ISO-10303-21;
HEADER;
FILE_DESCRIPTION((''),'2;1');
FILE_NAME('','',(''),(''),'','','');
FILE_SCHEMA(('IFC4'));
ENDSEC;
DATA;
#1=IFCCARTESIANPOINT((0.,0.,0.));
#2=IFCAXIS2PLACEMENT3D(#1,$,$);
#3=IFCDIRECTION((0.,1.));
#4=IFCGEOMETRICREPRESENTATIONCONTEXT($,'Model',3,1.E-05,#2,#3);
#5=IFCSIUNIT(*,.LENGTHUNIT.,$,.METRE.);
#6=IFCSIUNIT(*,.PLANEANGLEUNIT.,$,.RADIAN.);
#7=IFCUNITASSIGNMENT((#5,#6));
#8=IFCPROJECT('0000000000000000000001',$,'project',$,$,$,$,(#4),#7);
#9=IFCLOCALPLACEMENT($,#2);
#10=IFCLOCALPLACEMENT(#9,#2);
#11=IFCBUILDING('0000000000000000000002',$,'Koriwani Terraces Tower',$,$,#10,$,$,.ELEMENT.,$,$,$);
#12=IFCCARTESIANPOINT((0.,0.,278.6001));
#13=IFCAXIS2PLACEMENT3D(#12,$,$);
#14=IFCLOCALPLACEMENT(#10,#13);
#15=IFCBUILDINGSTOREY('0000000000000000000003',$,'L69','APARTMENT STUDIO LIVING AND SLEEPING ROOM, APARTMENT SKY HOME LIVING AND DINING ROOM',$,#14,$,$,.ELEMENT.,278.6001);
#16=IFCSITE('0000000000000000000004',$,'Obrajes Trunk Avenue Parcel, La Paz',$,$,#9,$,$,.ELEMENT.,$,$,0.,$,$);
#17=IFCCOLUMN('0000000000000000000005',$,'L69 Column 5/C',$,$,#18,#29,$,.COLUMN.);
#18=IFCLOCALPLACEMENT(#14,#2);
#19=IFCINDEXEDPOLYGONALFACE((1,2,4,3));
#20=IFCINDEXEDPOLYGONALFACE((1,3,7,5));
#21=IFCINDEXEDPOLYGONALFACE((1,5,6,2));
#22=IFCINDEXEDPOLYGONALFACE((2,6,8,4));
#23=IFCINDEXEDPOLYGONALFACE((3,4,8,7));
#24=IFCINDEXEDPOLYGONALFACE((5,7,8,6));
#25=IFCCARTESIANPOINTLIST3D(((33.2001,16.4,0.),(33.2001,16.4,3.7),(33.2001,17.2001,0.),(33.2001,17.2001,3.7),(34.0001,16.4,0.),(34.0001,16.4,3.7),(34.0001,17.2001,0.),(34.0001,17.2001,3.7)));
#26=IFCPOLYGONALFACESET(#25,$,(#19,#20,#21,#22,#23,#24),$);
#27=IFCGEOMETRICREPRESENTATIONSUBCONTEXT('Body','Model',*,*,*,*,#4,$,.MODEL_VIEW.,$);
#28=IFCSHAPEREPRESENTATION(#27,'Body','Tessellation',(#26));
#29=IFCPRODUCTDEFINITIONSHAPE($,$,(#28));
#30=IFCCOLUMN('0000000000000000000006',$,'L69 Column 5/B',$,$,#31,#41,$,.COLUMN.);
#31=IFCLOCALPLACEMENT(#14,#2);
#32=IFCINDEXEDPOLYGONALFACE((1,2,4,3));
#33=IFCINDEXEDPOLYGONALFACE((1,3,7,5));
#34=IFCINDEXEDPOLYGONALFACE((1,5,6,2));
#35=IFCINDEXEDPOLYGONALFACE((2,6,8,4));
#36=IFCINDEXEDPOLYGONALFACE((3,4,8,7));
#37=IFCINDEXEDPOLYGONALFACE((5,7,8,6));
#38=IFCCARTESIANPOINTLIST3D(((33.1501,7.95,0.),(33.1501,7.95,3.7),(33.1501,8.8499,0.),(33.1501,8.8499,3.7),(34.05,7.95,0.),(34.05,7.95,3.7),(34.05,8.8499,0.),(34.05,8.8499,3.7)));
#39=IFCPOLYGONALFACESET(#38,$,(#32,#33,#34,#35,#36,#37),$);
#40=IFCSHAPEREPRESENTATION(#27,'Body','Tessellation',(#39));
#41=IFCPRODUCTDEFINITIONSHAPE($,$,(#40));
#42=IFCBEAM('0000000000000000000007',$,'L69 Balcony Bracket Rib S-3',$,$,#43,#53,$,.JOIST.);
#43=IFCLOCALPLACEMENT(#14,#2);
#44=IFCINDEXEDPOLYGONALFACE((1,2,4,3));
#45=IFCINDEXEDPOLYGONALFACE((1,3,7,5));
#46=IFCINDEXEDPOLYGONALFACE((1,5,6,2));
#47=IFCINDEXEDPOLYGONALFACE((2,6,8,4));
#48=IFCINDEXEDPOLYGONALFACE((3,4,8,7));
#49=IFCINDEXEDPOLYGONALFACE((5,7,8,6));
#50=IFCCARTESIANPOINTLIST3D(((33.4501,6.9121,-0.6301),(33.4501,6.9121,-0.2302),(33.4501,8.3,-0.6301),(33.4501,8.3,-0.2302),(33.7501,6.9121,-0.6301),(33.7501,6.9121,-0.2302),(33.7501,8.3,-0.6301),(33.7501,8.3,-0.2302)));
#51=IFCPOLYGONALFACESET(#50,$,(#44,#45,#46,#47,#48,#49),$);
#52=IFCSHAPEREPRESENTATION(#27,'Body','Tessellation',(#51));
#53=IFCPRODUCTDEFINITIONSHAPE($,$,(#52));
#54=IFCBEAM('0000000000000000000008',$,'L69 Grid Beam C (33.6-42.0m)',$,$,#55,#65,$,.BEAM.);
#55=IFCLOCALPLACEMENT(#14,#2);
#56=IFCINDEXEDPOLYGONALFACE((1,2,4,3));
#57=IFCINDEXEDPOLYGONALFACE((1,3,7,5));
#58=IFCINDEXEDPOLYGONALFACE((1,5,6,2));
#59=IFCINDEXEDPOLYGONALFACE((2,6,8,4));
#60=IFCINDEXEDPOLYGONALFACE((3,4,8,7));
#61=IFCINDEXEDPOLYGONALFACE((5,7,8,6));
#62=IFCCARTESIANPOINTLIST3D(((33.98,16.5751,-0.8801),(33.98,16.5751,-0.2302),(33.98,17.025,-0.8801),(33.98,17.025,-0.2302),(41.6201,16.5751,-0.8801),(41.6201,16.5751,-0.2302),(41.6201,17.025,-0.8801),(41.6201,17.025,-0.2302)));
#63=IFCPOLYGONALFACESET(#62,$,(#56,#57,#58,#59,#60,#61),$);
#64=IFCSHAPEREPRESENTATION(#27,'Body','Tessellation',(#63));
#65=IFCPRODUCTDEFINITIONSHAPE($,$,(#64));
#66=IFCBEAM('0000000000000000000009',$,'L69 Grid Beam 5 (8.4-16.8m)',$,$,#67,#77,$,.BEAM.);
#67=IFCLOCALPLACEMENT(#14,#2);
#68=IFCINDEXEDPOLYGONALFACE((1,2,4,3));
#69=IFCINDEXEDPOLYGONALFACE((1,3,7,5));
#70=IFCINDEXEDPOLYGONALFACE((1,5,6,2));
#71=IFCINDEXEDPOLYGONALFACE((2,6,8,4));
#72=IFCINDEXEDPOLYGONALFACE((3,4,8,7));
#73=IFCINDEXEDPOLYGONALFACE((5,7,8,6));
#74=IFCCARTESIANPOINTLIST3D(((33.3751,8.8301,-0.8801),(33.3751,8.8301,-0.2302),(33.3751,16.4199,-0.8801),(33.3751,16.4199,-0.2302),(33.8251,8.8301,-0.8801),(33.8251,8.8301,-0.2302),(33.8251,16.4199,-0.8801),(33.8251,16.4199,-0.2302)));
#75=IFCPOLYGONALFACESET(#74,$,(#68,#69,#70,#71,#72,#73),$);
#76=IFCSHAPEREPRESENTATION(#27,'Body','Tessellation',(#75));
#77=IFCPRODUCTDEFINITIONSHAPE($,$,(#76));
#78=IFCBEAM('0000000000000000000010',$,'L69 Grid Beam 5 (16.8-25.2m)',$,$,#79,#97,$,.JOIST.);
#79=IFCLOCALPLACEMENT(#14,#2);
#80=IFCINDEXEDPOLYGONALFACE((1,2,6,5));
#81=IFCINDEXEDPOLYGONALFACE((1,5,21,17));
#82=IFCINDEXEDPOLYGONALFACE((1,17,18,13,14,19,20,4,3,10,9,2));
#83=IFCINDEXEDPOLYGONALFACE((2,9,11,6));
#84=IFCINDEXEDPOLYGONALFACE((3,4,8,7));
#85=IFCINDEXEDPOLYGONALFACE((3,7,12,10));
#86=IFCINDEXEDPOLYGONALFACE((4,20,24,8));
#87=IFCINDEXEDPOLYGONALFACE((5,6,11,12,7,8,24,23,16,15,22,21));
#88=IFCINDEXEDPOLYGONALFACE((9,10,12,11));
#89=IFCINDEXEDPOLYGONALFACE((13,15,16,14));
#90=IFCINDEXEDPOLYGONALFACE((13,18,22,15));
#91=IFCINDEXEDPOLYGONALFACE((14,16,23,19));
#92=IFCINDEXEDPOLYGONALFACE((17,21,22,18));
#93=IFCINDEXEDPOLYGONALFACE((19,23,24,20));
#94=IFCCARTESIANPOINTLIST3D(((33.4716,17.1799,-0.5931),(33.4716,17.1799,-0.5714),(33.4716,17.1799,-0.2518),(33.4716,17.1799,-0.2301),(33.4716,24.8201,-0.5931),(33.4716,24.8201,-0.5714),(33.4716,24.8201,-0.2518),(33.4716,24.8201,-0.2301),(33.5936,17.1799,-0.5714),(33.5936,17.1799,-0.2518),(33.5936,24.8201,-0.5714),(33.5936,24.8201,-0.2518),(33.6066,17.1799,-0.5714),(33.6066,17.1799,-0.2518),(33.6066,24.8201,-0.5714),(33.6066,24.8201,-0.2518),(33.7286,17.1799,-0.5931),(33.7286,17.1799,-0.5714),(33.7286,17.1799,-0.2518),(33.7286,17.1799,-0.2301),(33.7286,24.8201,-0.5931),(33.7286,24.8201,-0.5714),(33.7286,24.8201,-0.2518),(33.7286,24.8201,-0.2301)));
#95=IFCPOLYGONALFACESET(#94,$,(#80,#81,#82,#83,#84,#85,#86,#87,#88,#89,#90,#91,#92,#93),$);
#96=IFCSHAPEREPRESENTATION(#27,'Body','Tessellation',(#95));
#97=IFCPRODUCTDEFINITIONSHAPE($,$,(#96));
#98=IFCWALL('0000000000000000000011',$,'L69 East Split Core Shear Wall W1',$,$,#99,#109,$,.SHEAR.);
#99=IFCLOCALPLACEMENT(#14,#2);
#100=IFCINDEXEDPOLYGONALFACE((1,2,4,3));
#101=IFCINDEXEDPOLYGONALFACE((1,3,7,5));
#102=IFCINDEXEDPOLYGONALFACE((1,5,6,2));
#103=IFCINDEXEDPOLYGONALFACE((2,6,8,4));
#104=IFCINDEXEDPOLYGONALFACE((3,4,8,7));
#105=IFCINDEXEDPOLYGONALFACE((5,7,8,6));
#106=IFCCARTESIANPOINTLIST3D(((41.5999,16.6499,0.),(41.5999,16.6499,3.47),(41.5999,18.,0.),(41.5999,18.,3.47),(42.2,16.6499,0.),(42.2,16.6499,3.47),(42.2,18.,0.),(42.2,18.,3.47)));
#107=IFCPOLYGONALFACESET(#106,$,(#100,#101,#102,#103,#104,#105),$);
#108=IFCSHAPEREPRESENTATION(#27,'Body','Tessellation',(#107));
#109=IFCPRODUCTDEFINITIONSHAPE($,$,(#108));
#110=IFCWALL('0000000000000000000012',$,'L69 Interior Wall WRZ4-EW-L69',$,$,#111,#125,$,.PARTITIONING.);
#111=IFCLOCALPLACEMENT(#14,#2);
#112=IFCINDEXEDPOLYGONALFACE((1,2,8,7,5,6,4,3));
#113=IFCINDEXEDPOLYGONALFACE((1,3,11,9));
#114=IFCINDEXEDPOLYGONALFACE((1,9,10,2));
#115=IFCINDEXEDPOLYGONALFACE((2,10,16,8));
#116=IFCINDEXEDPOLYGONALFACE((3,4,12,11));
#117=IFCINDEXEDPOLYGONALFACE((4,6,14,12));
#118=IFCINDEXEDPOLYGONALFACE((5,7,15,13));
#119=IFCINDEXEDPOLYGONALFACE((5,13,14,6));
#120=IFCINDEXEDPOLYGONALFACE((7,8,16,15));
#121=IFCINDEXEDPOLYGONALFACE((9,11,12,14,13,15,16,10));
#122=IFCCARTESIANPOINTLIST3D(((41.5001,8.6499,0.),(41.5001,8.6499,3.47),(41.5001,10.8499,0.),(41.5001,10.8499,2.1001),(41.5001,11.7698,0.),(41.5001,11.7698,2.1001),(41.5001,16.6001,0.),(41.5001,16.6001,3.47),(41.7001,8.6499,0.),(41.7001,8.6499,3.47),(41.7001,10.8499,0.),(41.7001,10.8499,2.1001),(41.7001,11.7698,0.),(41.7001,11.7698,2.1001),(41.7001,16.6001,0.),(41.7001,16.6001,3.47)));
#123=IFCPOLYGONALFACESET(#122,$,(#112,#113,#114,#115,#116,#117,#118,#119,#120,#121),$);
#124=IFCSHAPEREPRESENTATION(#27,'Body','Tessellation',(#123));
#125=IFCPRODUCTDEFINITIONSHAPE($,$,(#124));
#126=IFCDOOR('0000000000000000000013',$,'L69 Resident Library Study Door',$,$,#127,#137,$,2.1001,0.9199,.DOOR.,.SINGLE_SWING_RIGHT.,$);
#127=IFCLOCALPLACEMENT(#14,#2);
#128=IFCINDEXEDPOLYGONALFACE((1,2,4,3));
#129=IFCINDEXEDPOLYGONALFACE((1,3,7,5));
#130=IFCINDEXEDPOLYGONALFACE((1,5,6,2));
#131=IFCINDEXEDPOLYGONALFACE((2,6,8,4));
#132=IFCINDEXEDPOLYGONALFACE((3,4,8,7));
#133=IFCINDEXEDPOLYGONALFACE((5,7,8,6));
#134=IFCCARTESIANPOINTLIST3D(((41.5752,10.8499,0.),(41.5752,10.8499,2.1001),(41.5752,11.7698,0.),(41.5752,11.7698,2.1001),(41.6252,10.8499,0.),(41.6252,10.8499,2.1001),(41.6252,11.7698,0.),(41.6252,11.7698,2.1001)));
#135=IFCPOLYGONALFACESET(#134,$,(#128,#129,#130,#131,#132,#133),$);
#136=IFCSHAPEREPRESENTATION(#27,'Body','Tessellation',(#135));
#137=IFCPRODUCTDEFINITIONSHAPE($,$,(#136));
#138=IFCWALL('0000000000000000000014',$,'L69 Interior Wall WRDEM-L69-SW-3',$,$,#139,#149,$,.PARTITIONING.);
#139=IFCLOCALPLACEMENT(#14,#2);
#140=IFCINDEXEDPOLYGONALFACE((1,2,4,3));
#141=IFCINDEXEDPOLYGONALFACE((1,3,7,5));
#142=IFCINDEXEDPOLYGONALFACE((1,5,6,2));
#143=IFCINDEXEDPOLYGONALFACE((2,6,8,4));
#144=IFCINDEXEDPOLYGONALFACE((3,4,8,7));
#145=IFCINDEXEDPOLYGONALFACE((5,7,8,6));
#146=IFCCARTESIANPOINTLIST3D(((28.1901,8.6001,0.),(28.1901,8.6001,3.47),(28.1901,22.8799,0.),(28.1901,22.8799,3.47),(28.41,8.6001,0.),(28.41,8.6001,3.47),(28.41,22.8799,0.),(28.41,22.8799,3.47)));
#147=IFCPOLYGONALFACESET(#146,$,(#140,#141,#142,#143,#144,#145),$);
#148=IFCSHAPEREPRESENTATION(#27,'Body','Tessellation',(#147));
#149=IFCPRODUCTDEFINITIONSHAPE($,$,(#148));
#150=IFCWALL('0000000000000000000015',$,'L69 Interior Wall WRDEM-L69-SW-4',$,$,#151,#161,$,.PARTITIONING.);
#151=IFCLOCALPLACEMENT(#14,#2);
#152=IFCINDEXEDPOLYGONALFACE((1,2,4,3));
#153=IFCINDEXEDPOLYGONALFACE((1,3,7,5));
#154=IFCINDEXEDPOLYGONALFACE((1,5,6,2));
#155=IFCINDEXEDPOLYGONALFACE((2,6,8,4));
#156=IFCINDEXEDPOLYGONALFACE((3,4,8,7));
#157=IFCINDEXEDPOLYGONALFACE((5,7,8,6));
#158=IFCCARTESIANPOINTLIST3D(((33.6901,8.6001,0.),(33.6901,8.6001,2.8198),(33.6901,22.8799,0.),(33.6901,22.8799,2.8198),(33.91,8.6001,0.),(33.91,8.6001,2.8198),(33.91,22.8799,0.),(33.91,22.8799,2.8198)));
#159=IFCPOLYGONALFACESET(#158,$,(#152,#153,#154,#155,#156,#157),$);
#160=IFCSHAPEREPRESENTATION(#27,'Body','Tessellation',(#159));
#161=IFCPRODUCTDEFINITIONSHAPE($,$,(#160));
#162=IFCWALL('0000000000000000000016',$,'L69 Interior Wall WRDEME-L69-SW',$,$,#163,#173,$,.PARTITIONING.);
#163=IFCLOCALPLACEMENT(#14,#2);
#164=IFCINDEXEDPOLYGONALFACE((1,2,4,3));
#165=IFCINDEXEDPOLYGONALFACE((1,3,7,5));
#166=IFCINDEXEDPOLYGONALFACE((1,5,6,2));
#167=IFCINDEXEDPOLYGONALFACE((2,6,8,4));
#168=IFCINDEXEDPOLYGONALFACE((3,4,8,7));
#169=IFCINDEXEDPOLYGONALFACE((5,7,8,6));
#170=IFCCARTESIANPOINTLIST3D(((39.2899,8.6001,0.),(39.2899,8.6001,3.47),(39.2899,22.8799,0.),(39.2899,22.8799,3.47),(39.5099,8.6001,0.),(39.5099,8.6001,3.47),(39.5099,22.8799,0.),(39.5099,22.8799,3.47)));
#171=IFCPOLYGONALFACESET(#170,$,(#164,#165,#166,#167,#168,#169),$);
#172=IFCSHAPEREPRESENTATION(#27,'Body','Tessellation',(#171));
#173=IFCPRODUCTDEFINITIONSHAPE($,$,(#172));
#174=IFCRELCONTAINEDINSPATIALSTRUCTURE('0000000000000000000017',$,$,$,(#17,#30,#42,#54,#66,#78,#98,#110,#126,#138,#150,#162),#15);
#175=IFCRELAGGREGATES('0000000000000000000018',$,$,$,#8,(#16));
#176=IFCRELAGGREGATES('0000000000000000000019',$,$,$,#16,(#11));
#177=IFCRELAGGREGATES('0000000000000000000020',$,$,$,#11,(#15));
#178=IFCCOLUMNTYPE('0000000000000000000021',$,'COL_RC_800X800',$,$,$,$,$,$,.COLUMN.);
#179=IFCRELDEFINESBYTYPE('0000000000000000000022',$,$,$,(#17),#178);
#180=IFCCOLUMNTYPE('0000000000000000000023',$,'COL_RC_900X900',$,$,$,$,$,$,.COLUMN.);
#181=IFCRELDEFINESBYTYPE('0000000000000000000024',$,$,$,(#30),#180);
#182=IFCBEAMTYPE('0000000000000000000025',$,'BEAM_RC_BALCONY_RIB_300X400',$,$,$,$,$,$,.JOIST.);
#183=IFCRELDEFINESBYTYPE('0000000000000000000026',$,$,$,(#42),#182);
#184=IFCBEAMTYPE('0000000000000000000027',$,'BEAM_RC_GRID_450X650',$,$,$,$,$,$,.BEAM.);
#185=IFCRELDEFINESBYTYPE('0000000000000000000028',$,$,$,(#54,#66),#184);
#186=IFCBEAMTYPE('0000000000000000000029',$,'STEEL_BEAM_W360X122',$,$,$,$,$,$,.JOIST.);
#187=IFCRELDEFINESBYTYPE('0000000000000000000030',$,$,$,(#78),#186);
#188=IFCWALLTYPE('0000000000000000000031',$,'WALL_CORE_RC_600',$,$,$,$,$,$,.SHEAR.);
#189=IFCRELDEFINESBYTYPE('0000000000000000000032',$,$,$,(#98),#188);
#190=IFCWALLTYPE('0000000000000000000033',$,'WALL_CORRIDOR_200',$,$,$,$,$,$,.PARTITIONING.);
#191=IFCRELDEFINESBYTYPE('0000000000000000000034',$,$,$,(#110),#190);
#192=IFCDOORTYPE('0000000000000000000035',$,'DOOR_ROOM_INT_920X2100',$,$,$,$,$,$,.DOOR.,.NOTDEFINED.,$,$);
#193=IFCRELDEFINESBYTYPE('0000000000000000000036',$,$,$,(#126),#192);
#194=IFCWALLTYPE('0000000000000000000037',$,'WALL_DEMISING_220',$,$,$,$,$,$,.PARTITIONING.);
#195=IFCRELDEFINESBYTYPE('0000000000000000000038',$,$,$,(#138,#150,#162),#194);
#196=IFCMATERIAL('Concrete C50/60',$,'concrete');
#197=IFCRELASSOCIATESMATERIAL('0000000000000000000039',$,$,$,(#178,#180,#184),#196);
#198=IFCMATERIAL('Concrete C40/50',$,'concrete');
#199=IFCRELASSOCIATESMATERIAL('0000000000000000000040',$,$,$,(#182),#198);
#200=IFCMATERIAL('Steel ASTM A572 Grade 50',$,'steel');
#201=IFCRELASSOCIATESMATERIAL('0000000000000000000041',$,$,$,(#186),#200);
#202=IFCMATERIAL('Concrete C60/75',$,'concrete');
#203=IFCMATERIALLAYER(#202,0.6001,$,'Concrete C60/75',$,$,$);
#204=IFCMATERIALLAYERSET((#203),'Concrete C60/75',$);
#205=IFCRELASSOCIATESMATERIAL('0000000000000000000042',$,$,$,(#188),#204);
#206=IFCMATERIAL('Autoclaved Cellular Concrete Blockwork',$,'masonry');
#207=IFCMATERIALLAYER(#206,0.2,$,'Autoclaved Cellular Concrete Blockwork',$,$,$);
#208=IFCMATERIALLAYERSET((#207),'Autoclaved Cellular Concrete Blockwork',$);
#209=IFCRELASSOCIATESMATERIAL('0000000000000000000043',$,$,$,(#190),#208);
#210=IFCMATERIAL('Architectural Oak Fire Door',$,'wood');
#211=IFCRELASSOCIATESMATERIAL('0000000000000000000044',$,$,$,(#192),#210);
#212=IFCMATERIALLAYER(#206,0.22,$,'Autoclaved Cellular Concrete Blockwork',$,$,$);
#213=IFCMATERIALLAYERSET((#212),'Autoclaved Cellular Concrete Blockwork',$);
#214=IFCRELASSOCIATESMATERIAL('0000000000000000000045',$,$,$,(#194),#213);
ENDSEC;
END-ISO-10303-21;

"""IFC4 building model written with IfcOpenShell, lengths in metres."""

from ifc_helpers import new_model, si_unit, direction, frame, frame_2d, origin, origin_2d, place, context, subcontext, project, spatial, rectangle, i_section, extrude, material, layer, layer_set, material_profile, profile_set, type_object, element, fill, save


model = new_model("IFC4")

# Units and contexts
model_context = context("Model", 3, precision=1e-05, world=origin(), true_north=direction((0.0, 1.0)))
body_context = subcontext(model_context, "Body", "Model", "MODEL_VIEW")
ifc_project = project(units=[si_unit("LENGTHUNIT", "METRE"), si_unit("PLANEANGLEUNIT", "RADIAN")], contexts=[model_context])

# Site, building, storey
site_placement = place(None, origin())
site = spatial("IfcSite", under=ifc_project, at=site_placement, Name="Obrajes Trunk Avenue Parcel, La Paz", CompositionType="ELEMENT", RefElevation=0.0)
building_placement = place(site_placement, origin())
building = spatial("IfcBuilding", under=site, at=building_placement, Name="Koriwani Terraces Tower", CompositionType="ELEMENT")
storey_placement = place(building_placement, frame((0.0, 0.0, 278.6001)))
storey = spatial("IfcBuildingStorey", under=building, at=storey_placement, Name="L69", Description="APARTMENT STUDIO LIVING AND SLEEPING ROOM, APARTMENT SKY HOME LIVING AND DINING ROOM", CompositionType="ELEMENT", Elevation=278.6001)

# Columns
ifc_material_1 = material(Name="Concrete C50/60", Category="concrete")
ifc_material_profile_1 = material_profile(ifc_material_1, rectangle(XDim=0.8, YDim=0.8, at=origin_2d()), Name="Concrete C50/60", Category="LoadBearing")
ifc_profile_set_1 = profile_set([ifc_material_profile_1], Name="Concrete C50/60")
column_type_1 = type_object("IfcColumnType", Name="COL_RC_800X800", PredefinedType="COLUMN", material=ifc_profile_set_1)
column_1_placement = place(storey_placement, frame((33.6001, 16.8, 0.0), z_axis=(0.0, 0.0, 1.0), x_axis=(1.0, 0.0, 0.0)))
element("IfcColumn", 1, at=column_1_placement, inside=storey, type_object=column_type_1, Name="L69 Column 5/C", PredefinedType="COLUMN", context=body_context, shape_type="SweptSolid", body=[
    extrude(rectangle(XDim=0.8, YDim=0.8, at=origin_2d()), origin(), (0.0, 0.0, 1.0), 3.7),
])
ifc_material_profile_2 = material_profile(ifc_material_1, rectangle(XDim=0.8999, YDim=0.8999, at=origin_2d()), Name="Concrete C50/60", Category="LoadBearing")
ifc_profile_set_2 = profile_set([ifc_material_profile_2], Name="Concrete C50/60")
column_type_2 = type_object("IfcColumnType", Name="COL_RC_900X900", PredefinedType="COLUMN", material=ifc_profile_set_2)
column_2_placement = place(storey_placement, frame((33.6001, 8.3999, 0.0), z_axis=(0.0, 0.0, 1.0), x_axis=(1.0, 0.0, 0.0)))
element("IfcColumn", 2, at=column_2_placement, inside=storey, type_object=column_type_2, Name="L69 Column 5/B", PredefinedType="COLUMN", context=body_context, shape_type="SweptSolid", body=[
    extrude(rectangle(XDim=0.8999, YDim=0.8999, at=origin_2d()), origin(), (0.0, 0.0, 1.0), 3.7),
])

# Beams
ifc_material_2 = material(Name="Concrete C40/50", Category="concrete")
ifc_material_profile_3 = material_profile(ifc_material_2, rectangle(XDim=0.3, YDim=0.3999, at=origin_2d()), Name="Concrete C40/50", Category="LoadBearing")
ifc_profile_set_3 = profile_set([ifc_material_profile_3], Name="Concrete C40/50")
beam_type_1 = type_object("IfcBeamType", Name="BEAM_RC_BALCONY_RIB_300X400", PredefinedType="JOIST", material=ifc_profile_set_3)
beam_1_placement = place(storey_placement, frame((33.6001, 6.9121, -0.4302), z_axis=(0.0, 1.0, 0.0), x_axis=(-1.0, 0.0, 0.0)))
element("IfcBeam", 3, at=beam_1_placement, inside=storey, type_object=beam_type_1, Name="L69 Balcony Bracket Rib S-3", PredefinedType="JOIST", context=body_context, shape_type="SweptSolid", body=[
    extrude(rectangle(XDim=0.3, YDim=0.3999, at=origin_2d()), origin(), (0.0, 0.0, 1.0), 1.3879),
])
ifc_material_profile_4 = material_profile(ifc_material_1, rectangle(XDim=0.45, YDim=0.6499, at=origin_2d()), Name="Concrete C50/60", Category="LoadBearing")
ifc_profile_set_4 = profile_set([ifc_material_profile_4], Name="Concrete C50/60")
beam_type_2 = type_object("IfcBeamType", Name="BEAM_RC_GRID_450X650", PredefinedType="BEAM", material=ifc_profile_set_4)
beam_2_placement = place(storey_placement, frame((33.98, 16.8, -0.5552), z_axis=(1.0, 0.0, 0.0), x_axis=(0.0, 1.0, 0.0)))
element("IfcBeam", 4, at=beam_2_placement, inside=storey, type_object=beam_type_2, Name="L69 Grid Beam C (33.6-42.0m)", PredefinedType="BEAM", context=body_context, shape_type="SweptSolid", body=[
    extrude(rectangle(XDim=0.45, YDim=0.6499, at=origin_2d()), origin(), (0.0, 0.0, 1.0), 7.6401),
])
beam_3_placement = place(storey_placement, frame((33.6001, 8.8301, -0.5552), z_axis=(0.0, 1.0, 0.0), x_axis=(-1.0, 0.0, 0.0)))
element("IfcBeam", 5, at=beam_3_placement, inside=storey, type_object=beam_type_2, Name="L69 Grid Beam 5 (8.4-16.8m)", PredefinedType="BEAM", context=body_context, shape_type="SweptSolid", body=[
    extrude(rectangle(XDim=0.45, YDim=0.6499, at=origin_2d()), origin(), (0.0, 0.0, 1.0), 7.5898),
])
ifc_material_3 = material(Name="Steel ASTM A572 Grade 50", Category="steel")
ifc_material_profile_5 = material_profile(ifc_material_3, i_section(OverallWidth=0.2571, OverallDepth=0.363, WebThickness=0.0129, FlangeThickness=0.0217, at=origin_2d()), Name="Steel ASTM A572 Grade 50", Category="LoadBearing")
ifc_profile_set_5 = profile_set([ifc_material_profile_5], Name="Steel ASTM A572 Grade 50")
beam_type_3 = type_object("IfcBeamType", Name="STEEL_BEAM_W360X122", PredefinedType="JOIST", material=ifc_profile_set_5)
beam_4_placement = place(storey_placement, frame((33.6001, 17.1799, -0.4116), z_axis=(0.0, 1.0, 0.0), x_axis=(-1.0, 0.0, 0.0)))
element("IfcBeam", 6, at=beam_4_placement, inside=storey, type_object=beam_type_3, Name="L69 Grid Beam 5 (16.8-25.2m)", PredefinedType="JOIST", context=body_context, shape_type="SweptSolid", body=[
    extrude(i_section(OverallWidth=0.2571, OverallDepth=0.363, WebThickness=0.0129, FlangeThickness=0.0217, at=origin_2d()), origin(), (0.0, 0.0, 1.0), 7.6401),
])

# Wall
ifc_material_4 = material(Name="Concrete C60/75", Category="concrete")
ifc_layer_1 = layer(ifc_material_4, 0.6001, Name="Concrete C60/75")
ifc_layer_set_1 = layer_set([ifc_layer_1], Name="Concrete C60/75")
wall_type_1 = type_object("IfcWallType", Name="WALL_CORE_RC_600", PredefinedType="SHEAR", material=ifc_layer_set_1)
wall_1_placement = place(storey_placement, frame((41.8999, 16.6499, 0.0), z_axis=(0.0, 0.0, 1.0), x_axis=(0.0, 1.0, 0.0)))
element("IfcWall", 7, at=wall_1_placement, inside=storey, type_object=wall_type_1, Name="L69 East Split Core Shear Wall W1", PredefinedType="SHEAR", context=body_context, shape_type="SweptSolid", body=[
    extrude(rectangle(XDim=1.3501, YDim=0.6001, at=frame_2d((0.675, 0.0))), origin(), (0.0, 0.0, 1.0), 3.47),
])

# Wall, opening, door
ifc_material_5 = material(Name="Autoclaved Cellular Concrete Blockwork", Category="masonry")
ifc_layer_2 = layer(ifc_material_5, 0.2, Name="Autoclaved Cellular Concrete Blockwork")
ifc_layer_set_2 = layer_set([ifc_layer_2], Name="Autoclaved Cellular Concrete Blockwork")
wall_type_2 = type_object("IfcWallType", Name="WALL_CORRIDOR_200", PredefinedType="PARTITIONING", material=ifc_layer_set_2)
wall_2_placement = place(storey_placement, frame((41.6001, 8.6499, 0.0), z_axis=(0.0, 0.0, 1.0), x_axis=(0.0, 1.0, 0.0)))
wall_2 = element("IfcWall", 8, at=wall_2_placement, inside=storey, type_object=wall_type_2, Name="L69 Interior Wall WRZ4-EW-L69", PredefinedType="PARTITIONING", context=body_context, shape_type="SweptSolid", body=[
    extrude(rectangle(XDim=7.9502, YDim=0.2, at=frame_2d((3.9751, 0.0))), origin(), (0.0, 0.0, 1.0), 3.47),
])
opening_1_placement = place(wall_2_placement, frame((2.2, 0.0, 0.0)))
opening_1 = element("IfcOpeningElement", 9, at=opening_1_placement, cuts=wall_2, PredefinedType="OPENING", context=body_context, shape_type="SweptSolid", body=[
    extrude(rectangle(XDim=0.9199, YDim=2.1001, at=frame_2d((0.46, 1.05))), frame((0.0, 0.1099, 0.0), z_axis=(0.0, -1.0, 0.0), x_axis=(1.0, 0.0, 0.0)), (0.0, 0.0, 1.0), 0.22),
])
ifc_material_6 = material(Name="Architectural Oak Fire Door", Category="wood")
door_type_1 = type_object("IfcDoorType", Name="DOOR_ROOM_INT_920X2100", OperationType="NOTDEFINED", PredefinedType="DOOR", material=ifc_material_6)
door_1_placement = place(opening_1_placement, origin())
door_1 = element("IfcDoor", 10, at=door_1_placement, inside=storey, type_object=door_type_1, Name="L69 Resident Library Study Door", OperationType="SINGLE_SWING_RIGHT", OverallHeight=2.1001, OverallWidth=0.9199, PredefinedType="DOOR", context=body_context, shape_type="SweptSolid", body=[
    extrude(rectangle(XDim=0.9199, YDim=2.1001, at=frame_2d((0.46, 1.05))), frame((0.0, 0.0249, 0.0), z_axis=(0.0, -1.0, 0.0), x_axis=(1.0, 0.0, 0.0)), (0.0, 0.0, 1.0), 0.05),
])
fill(opening_1, door_1)

# Walls
ifc_layer_3 = layer(ifc_material_5, 0.22, Name="Autoclaved Cellular Concrete Blockwork")
ifc_layer_set_3 = layer_set([ifc_layer_3], Name="Autoclaved Cellular Concrete Blockwork")
wall_type_3 = type_object("IfcWallType", Name="WALL_DEMISING_220", PredefinedType="PARTITIONING", material=ifc_layer_set_3)
wall_3_placement = place(storey_placement, frame((28.3, 8.6001, 0.0), z_axis=(0.0, 0.0, 1.0), x_axis=(0.0, 1.0, 0.0)))
element("IfcWall", 11, at=wall_3_placement, inside=storey, type_object=wall_type_3, Name="L69 Interior Wall WRDEM-L69-SW-3", PredefinedType="PARTITIONING", context=body_context, shape_type="SweptSolid", body=[
    extrude(rectangle(XDim=14.2798, YDim=0.22, at=frame_2d((7.1399, 0.0))), origin(), (0.0, 0.0, 1.0), 3.47),
])
wall_4_placement = place(storey_placement, frame((33.8, 8.6001, 0.0), z_axis=(0.0, 0.0, 1.0), x_axis=(0.0, 1.0, 0.0)))
element("IfcWall", 12, at=wall_4_placement, inside=storey, type_object=wall_type_3, Name="L69 Interior Wall WRDEM-L69-SW-4", PredefinedType="PARTITIONING", context=body_context, shape_type="SweptSolid", body=[
    extrude(rectangle(XDim=14.2798, YDim=0.22, at=frame_2d((7.1399, 0.0))), origin(), (0.0, 0.0, 1.0), 2.8198),
])
wall_5_placement = place(storey_placement, frame((39.3999, 8.6001, 0.0), z_axis=(0.0, 0.0, 1.0), x_axis=(0.0, 1.0, 0.0)))
element("IfcWall", 13, at=wall_5_placement, inside=storey, type_object=wall_type_3, Name="L69 Interior Wall WRDEME-L69-SW", PredefinedType="PARTITIONING", context=body_context, shape_type="SweptSolid", body=[
    extrude(rectangle(XDim=14.2798, YDim=0.22, at=frame_2d((7.1399, 0.0))), origin(), (0.0, 0.0, 1.0), 3.47),
])

save(model, "model.ifc")
